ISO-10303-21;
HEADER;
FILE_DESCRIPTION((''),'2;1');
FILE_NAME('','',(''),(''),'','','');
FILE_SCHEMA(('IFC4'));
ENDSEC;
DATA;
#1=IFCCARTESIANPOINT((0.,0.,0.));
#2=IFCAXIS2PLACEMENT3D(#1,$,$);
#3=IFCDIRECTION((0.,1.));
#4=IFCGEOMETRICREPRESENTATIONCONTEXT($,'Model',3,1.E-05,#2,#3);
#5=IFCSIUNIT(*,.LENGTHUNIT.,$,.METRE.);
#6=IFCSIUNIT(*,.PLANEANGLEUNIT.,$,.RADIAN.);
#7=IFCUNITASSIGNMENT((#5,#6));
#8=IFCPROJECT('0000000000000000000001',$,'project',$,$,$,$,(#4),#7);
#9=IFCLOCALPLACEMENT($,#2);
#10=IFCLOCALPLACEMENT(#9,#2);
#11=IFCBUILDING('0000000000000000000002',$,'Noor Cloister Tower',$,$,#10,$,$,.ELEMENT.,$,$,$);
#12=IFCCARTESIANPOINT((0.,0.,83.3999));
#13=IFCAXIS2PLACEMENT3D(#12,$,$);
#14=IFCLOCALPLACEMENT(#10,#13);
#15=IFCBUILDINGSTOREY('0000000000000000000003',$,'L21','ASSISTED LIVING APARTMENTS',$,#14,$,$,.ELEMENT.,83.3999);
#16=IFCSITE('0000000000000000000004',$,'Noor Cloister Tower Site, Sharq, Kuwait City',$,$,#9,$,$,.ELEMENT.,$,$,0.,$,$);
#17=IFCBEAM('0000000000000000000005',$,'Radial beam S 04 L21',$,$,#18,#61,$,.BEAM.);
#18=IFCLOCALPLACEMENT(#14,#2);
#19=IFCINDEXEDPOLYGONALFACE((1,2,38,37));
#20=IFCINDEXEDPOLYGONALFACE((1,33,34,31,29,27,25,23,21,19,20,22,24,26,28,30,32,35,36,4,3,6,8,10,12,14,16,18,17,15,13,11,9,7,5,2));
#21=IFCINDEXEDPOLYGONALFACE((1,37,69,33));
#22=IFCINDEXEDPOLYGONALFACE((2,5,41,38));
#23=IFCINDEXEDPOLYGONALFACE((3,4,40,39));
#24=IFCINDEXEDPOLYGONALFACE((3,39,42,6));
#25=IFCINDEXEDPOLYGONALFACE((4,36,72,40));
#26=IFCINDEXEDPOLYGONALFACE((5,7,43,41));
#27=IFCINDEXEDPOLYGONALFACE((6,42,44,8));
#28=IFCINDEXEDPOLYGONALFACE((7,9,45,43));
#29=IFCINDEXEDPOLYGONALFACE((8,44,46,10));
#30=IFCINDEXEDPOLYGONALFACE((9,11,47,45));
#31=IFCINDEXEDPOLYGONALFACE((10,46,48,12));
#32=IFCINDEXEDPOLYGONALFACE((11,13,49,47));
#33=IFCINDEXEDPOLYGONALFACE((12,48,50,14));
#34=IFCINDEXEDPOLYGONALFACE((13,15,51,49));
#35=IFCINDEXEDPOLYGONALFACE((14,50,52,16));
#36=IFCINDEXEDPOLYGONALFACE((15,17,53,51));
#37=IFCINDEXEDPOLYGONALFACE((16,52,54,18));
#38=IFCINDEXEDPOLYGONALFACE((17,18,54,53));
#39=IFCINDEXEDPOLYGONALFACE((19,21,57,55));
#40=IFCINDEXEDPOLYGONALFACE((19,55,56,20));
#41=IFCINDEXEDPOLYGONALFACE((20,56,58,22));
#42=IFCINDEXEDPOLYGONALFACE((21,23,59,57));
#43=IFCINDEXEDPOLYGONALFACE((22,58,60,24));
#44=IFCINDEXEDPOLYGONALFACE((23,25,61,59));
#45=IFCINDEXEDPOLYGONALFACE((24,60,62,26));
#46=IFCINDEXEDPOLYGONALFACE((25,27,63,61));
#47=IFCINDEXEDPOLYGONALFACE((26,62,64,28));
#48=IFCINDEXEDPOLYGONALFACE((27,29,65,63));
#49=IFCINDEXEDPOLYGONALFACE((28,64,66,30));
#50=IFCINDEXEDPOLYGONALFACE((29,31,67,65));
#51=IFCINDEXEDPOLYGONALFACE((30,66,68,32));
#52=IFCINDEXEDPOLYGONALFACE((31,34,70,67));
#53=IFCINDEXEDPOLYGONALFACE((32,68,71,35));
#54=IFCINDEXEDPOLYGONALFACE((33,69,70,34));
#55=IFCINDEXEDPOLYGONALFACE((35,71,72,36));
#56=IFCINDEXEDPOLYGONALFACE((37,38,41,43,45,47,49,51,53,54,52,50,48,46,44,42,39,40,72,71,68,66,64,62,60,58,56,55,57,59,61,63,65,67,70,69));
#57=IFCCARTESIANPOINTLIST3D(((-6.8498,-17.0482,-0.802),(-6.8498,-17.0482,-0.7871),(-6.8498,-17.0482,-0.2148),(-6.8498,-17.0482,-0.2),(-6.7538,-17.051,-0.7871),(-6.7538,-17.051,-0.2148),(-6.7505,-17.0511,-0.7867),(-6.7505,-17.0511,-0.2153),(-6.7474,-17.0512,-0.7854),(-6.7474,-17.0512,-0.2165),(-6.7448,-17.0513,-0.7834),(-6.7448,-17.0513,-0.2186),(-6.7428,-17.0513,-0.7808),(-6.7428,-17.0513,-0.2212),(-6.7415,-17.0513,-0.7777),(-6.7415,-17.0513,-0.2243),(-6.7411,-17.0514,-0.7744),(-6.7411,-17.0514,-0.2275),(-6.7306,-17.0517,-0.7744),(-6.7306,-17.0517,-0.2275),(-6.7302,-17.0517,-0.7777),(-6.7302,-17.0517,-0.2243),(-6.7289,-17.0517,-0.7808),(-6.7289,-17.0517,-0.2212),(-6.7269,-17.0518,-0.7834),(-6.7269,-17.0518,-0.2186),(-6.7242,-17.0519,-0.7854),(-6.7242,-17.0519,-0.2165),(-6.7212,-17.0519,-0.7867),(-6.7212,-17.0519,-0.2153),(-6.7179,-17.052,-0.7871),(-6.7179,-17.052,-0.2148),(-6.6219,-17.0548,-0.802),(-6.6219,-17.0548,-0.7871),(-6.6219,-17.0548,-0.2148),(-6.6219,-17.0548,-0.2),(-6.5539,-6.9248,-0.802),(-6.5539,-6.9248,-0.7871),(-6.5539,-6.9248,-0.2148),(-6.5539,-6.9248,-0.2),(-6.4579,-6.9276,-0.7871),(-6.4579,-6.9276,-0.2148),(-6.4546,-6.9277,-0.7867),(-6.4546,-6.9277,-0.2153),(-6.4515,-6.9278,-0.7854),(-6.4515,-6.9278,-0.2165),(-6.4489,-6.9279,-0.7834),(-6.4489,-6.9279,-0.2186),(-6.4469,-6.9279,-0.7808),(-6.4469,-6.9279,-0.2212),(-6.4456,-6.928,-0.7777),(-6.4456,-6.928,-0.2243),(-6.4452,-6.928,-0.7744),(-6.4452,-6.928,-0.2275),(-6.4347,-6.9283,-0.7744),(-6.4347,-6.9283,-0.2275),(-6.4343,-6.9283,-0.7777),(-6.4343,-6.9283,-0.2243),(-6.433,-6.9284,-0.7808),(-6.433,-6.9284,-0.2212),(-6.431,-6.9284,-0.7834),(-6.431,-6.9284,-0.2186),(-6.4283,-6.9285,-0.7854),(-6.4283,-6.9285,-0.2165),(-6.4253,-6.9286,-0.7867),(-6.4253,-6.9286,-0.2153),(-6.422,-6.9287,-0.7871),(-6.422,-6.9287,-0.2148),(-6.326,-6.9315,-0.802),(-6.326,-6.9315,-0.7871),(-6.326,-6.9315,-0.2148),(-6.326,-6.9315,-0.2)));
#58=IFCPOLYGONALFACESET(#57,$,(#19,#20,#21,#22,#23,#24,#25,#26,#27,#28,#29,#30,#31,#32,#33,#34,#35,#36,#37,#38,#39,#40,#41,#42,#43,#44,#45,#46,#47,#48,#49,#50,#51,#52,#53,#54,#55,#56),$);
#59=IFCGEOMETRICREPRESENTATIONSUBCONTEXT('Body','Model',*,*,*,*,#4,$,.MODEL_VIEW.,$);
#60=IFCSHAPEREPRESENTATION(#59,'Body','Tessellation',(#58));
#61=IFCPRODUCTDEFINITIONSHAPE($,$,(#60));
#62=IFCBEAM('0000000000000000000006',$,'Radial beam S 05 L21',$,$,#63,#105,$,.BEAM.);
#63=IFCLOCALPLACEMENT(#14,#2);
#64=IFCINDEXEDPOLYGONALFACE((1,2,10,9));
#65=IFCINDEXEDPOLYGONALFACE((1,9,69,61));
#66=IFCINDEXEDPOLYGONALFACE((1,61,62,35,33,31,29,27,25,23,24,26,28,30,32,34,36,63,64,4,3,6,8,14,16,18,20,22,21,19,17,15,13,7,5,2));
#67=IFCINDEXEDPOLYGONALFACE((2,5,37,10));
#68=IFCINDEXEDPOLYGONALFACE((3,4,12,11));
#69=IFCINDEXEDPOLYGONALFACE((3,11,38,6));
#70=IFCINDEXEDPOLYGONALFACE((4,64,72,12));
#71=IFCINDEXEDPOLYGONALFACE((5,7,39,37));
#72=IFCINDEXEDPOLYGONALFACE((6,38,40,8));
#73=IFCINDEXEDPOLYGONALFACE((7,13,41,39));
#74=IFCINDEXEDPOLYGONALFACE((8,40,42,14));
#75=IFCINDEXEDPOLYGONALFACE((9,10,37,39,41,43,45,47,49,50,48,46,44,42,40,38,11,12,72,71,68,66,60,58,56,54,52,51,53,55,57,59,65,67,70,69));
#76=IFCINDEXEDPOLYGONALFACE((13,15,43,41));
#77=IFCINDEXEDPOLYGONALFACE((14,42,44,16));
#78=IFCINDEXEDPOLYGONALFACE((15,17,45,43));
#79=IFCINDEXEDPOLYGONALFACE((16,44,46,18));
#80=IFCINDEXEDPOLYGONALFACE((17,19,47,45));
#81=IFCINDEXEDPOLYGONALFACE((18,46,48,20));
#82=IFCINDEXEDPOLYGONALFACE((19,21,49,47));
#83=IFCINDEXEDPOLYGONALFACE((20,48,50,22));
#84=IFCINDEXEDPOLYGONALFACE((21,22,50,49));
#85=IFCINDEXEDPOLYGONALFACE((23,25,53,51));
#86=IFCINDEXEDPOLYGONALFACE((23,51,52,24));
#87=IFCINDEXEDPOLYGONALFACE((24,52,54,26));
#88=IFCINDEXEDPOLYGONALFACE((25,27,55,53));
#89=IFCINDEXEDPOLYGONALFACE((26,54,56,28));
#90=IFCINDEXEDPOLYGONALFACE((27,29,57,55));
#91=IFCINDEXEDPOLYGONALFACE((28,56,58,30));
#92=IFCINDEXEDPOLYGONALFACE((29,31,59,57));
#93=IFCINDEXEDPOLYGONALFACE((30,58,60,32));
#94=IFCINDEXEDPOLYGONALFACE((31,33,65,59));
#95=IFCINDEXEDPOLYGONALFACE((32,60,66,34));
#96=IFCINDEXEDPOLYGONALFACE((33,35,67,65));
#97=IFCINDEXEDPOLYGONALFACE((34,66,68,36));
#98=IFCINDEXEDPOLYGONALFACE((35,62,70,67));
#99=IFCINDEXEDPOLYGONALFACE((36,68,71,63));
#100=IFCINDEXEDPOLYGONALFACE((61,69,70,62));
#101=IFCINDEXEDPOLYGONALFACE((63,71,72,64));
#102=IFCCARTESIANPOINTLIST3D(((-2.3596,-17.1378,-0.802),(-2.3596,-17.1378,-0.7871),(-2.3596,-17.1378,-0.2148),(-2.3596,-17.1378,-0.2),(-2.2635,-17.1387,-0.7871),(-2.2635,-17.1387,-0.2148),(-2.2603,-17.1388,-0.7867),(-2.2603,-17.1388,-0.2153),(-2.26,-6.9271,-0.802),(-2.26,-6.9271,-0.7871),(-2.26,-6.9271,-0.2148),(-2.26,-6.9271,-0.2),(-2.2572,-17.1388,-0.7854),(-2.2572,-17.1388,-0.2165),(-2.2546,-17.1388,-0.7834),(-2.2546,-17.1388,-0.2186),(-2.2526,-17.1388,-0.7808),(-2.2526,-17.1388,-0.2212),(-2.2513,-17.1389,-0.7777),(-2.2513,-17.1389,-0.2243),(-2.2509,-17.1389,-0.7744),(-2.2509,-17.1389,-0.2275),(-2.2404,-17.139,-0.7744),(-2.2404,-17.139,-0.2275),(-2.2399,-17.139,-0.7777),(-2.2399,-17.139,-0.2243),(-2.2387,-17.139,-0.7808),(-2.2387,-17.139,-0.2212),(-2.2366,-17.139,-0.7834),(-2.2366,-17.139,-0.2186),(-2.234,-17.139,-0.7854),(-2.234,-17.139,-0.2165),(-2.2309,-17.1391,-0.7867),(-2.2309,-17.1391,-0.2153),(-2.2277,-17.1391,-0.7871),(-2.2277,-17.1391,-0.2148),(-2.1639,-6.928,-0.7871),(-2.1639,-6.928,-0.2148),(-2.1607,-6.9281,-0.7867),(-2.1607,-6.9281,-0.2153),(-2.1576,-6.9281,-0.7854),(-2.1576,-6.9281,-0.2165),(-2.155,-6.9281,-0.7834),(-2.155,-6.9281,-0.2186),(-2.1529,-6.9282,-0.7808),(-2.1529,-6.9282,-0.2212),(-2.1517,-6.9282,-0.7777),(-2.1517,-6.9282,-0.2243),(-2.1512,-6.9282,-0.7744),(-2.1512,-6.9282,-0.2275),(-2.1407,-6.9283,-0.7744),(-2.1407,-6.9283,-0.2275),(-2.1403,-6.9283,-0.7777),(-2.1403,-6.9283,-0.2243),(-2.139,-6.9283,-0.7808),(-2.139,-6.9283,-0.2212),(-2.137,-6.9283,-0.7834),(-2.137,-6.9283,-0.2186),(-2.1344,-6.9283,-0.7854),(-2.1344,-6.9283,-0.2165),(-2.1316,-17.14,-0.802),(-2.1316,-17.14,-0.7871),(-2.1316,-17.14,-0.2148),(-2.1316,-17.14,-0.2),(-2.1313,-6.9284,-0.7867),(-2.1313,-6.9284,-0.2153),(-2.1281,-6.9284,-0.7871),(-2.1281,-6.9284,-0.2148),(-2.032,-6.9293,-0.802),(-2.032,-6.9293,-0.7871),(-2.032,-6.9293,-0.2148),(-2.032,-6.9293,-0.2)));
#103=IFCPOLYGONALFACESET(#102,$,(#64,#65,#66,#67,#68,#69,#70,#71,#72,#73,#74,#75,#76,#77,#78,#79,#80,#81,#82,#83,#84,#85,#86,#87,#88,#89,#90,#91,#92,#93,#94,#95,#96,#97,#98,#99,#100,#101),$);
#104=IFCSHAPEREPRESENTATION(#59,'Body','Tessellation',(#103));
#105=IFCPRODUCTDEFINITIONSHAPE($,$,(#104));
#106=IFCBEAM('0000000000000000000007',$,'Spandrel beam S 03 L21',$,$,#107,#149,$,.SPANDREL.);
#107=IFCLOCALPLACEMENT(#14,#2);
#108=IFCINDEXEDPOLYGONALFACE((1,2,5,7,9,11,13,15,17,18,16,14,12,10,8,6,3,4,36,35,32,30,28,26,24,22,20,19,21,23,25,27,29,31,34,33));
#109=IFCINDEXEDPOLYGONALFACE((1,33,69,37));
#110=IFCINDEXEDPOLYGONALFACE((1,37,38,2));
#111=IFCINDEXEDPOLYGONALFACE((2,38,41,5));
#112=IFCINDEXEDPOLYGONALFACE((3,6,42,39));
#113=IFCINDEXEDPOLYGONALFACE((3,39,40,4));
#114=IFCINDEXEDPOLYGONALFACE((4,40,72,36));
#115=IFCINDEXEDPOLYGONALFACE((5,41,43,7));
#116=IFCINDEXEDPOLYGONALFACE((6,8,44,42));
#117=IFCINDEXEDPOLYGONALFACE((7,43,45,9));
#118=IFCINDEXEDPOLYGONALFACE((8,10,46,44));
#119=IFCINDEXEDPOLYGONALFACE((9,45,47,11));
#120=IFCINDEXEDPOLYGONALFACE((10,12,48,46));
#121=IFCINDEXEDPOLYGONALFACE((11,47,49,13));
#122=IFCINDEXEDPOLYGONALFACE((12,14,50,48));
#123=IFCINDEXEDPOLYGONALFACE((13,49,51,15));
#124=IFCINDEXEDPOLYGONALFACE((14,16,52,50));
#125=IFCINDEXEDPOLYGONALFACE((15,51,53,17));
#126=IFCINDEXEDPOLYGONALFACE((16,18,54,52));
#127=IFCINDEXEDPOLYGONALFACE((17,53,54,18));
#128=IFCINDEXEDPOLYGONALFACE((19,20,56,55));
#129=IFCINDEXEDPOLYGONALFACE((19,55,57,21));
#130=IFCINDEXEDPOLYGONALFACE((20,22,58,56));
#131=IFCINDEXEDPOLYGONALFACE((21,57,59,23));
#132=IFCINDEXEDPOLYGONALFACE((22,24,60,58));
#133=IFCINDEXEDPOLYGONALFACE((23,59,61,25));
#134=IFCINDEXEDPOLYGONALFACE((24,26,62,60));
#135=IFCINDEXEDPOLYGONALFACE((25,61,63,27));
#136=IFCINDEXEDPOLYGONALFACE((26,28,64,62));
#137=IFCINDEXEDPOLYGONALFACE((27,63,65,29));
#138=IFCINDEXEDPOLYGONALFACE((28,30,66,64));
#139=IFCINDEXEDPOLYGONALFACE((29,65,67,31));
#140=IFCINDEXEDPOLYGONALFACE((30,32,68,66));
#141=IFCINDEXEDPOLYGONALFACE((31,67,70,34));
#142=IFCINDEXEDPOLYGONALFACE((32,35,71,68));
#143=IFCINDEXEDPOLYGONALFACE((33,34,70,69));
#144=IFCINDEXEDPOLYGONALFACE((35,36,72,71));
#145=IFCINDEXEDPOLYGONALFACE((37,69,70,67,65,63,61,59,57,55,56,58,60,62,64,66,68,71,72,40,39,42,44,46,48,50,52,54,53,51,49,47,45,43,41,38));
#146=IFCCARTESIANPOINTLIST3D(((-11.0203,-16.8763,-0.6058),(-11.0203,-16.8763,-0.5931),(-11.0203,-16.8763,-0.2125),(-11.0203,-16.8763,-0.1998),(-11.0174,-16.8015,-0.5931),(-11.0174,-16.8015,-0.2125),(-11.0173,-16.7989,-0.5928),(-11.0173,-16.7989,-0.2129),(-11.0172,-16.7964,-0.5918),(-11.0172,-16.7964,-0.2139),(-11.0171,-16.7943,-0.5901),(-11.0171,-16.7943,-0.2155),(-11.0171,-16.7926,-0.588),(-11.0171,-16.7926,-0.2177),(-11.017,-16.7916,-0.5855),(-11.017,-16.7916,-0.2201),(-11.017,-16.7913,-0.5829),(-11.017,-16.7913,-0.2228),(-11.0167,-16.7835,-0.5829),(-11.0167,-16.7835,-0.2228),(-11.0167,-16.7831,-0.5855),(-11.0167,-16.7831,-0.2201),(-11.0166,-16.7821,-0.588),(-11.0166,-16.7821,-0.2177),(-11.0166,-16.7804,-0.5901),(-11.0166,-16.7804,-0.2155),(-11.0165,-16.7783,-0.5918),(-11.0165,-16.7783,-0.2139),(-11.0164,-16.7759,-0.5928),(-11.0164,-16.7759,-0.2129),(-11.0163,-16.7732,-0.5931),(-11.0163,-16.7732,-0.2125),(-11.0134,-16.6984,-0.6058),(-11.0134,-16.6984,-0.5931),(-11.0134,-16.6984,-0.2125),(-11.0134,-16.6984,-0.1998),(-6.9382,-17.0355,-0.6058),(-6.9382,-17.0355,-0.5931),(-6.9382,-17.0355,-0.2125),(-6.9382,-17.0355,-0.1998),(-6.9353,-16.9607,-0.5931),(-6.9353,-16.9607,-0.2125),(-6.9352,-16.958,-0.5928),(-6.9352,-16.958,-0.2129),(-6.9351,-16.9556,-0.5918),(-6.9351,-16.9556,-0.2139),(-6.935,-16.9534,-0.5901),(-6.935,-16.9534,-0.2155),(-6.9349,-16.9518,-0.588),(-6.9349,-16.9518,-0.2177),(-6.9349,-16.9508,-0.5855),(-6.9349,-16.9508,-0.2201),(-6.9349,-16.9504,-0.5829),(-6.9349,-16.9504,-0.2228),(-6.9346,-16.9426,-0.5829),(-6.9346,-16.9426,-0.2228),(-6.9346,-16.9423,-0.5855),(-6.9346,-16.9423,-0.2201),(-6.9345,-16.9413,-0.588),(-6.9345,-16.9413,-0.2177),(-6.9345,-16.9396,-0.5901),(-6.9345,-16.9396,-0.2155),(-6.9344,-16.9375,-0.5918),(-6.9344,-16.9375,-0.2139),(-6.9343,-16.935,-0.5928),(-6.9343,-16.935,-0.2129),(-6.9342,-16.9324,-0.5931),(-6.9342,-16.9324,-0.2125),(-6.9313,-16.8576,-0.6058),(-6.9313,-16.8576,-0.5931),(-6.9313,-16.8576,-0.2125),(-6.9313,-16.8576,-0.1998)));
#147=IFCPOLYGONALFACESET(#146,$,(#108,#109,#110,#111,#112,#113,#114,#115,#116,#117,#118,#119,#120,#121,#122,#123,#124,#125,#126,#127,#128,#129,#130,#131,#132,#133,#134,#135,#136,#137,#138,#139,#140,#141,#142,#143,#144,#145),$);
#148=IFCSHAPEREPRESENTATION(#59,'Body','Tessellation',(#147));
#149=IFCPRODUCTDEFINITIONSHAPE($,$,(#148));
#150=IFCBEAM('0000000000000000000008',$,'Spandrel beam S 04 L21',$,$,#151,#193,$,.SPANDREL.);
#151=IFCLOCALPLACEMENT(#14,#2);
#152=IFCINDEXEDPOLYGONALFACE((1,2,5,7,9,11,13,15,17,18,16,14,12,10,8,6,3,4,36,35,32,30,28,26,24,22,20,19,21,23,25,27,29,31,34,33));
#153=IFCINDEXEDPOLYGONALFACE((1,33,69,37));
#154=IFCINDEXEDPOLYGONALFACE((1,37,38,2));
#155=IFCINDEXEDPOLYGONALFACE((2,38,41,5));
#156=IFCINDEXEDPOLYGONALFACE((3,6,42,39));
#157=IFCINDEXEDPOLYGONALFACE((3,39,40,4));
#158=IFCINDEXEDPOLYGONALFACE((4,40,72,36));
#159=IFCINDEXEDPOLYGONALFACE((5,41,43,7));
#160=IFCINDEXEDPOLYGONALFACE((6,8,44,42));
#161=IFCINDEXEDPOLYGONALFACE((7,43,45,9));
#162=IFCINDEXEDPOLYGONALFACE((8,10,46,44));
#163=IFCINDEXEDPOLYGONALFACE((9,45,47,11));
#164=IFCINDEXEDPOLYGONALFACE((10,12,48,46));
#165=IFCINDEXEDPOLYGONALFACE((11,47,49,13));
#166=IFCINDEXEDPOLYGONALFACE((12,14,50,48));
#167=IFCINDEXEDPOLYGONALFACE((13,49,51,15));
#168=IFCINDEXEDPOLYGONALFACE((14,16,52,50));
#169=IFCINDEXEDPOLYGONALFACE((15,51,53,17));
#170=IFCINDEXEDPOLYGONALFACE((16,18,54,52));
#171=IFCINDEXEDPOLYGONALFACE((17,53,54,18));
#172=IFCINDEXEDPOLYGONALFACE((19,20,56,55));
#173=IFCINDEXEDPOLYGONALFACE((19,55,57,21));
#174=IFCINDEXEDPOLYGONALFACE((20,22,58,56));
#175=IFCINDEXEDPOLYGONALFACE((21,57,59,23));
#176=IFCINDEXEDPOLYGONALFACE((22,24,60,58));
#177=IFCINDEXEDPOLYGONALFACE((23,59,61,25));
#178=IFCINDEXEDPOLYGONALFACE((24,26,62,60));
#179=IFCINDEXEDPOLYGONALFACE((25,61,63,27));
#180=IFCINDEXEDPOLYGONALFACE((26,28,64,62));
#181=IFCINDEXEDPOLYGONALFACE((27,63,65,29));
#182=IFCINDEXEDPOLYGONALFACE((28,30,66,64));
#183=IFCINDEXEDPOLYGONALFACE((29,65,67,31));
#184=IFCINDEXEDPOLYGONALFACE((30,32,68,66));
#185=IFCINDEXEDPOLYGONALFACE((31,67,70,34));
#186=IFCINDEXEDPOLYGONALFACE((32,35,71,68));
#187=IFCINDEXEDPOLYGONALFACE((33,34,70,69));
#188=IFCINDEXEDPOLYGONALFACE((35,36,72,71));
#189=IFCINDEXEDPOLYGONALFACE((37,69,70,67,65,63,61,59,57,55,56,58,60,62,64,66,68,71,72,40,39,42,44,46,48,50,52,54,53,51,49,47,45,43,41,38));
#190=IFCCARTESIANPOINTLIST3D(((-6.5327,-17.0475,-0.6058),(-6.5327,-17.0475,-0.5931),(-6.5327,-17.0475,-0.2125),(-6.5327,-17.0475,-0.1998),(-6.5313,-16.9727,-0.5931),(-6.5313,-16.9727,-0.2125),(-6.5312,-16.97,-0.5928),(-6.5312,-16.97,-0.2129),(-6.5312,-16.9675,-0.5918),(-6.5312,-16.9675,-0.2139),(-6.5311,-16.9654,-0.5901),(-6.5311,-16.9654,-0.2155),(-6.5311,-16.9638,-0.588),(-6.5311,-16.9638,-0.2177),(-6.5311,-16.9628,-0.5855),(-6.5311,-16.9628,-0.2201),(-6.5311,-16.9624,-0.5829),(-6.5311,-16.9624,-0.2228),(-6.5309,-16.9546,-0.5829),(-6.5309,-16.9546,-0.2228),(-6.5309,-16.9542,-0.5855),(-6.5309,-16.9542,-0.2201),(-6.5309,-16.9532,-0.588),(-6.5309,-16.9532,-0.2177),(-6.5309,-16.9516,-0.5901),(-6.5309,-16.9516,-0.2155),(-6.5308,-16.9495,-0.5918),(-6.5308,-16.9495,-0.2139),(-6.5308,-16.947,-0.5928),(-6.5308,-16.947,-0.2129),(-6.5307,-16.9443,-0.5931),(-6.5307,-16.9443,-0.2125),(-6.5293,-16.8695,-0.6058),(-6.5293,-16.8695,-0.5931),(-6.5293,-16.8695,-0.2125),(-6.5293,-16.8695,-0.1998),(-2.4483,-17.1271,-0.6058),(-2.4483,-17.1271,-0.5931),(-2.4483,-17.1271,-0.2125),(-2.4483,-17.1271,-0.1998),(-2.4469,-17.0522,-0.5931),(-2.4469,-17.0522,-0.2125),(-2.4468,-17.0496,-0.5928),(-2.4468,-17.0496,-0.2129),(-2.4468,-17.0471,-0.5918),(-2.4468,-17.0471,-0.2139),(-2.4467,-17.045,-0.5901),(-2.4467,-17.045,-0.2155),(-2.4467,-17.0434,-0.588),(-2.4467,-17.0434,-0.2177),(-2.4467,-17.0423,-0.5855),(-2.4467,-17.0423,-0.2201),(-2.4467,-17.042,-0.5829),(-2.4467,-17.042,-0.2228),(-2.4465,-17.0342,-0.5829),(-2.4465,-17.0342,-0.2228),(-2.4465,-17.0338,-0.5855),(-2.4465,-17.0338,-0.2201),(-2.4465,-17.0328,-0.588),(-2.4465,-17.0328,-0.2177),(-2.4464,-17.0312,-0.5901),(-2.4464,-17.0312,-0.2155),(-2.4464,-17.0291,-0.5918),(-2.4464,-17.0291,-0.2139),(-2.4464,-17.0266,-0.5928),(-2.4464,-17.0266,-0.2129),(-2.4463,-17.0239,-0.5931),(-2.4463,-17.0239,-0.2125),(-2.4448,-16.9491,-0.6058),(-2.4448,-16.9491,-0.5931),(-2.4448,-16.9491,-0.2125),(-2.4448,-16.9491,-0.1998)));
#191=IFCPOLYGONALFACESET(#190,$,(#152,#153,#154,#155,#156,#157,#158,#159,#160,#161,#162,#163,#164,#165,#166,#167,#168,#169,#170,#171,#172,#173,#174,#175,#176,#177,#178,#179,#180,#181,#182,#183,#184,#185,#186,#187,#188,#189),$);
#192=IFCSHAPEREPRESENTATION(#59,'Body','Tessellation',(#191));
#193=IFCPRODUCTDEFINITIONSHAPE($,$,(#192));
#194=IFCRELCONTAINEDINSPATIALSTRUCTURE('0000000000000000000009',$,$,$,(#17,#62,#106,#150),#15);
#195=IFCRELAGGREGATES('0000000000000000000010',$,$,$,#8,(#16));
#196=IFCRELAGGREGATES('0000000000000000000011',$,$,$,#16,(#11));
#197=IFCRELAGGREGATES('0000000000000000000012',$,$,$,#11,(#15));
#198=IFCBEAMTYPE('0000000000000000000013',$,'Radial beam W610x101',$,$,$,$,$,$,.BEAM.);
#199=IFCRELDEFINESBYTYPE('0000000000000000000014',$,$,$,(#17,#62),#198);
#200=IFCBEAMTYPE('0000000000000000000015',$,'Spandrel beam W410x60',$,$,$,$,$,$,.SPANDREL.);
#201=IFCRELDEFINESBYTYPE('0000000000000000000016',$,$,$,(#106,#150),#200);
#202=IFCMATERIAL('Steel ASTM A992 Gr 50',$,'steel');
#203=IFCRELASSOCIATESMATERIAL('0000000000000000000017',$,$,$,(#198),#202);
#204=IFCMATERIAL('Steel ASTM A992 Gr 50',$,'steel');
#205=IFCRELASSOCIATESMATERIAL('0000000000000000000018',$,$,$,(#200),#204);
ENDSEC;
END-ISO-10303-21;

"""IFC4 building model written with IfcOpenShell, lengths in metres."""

from ifc_helpers import new_model, si_unit, direction, frame, origin, origin_2d, place, context, subcontext, project, spatial, i_section, extrude, material, material_profile, profile_set, type_object, element, save


model = new_model("IFC4")

# Units and contexts
model_context = context("Model", 3, precision=1e-05, world=origin(), true_north=direction((0.0, 1.0)))
body_context = subcontext(model_context, "Body", "Model", "MODEL_VIEW")
ifc_project = project(units=[si_unit("LENGTHUNIT", "METRE"), si_unit("PLANEANGLEUNIT", "RADIAN")], contexts=[model_context])

# Site, building, storey
site_placement = place(None, origin())
site = spatial("IfcSite", under=ifc_project, at=site_placement, Name="Noor Cloister Tower Site, Sharq, Kuwait City", CompositionType="ELEMENT", RefElevation=0.0)
building_placement = place(site_placement, origin())
building = spatial("IfcBuilding", under=site, at=building_placement, Name="Noor Cloister Tower", CompositionType="ELEMENT")
storey_placement = place(building_placement, frame((0.0, 0.0, 83.3999)))
storey = spatial("IfcBuildingStorey", under=building, at=storey_placement, Name="L21", Description="ASSISTED LIVING APARTMENTS", CompositionType="ELEMENT", Elevation=83.3999)

# Beams
ifc_material_1 = material(Name="Steel ASTM A992 Gr 50", Category="steel")
ifc_material_profile_1 = material_profile(ifc_material_1, i_section(OverallWidth=0.228, OverallDepth=0.6021, WebThickness=0.0105, FlangeThickness=0.0149, FilletRadius=0.0127, at=origin_2d()), Name="W610x101")
ifc_profile_set_1 = profile_set([ifc_material_profile_1], Name="Steel ASTM A992 Gr 50")
beam_type_1 = type_object("IfcBeamType", Name="Radial beam W610x101", PredefinedType="BEAM", material=ifc_profile_set_1)
beam_1_placement = place(storey_placement, frame((-6.7358, -17.0515, -0.501), z_axis=(0.029217, 0.999573, 0.0), x_axis=(-0.999573, 0.029217, 0.0)))
element("IfcBeam", 1, at=beam_1_placement, inside=storey, type_object=beam_type_1, Name="Radial beam S 04 L21", PredefinedType="BEAM", context=body_context, shape_type="SweptSolid", body=[
    extrude(i_section(OverallWidth=0.228, OverallDepth=0.6021, WebThickness=0.0105, FlangeThickness=0.0149, FilletRadius=0.0127, at=origin_2d()), origin(), (0.0, 0.0, 1.0), 10.1277),
])
beam_2_placement = place(storey_placement, frame((-2.2456, -17.1389, -0.501), z_axis=(0.009755, 0.999952, 0.0), x_axis=(-0.999952, 0.009755, 0.0)))
element("IfcBeam", 2, at=beam_2_placement, inside=storey, type_object=beam_type_1, Name="Radial beam S 05 L21", PredefinedType="BEAM", context=body_context, shape_type="SweptSolid", body=[
    extrude(i_section(OverallWidth=0.228, OverallDepth=0.6021, WebThickness=0.0105, FlangeThickness=0.0149, FilletRadius=0.0127, at=origin_2d()), origin(), (0.0, 0.0, 1.0), 10.2112),
])
ifc_material_2 = material(Name="Steel ASTM A992 Gr 50", Category="steel")
ifc_material_profile_2 = material_profile(ifc_material_2, i_section(OverallWidth=0.178, OverallDepth=0.406, WebThickness=0.0078, FlangeThickness=0.0127, FilletRadius=0.0103, at=origin_2d()), Name="W410x60")
ifc_profile_set_2 = profile_set([ifc_material_profile_2], Name="Steel ASTM A992 Gr 50")
beam_type_2 = type_object("IfcBeamType", Name="Spandrel beam W410x60", PredefinedType="SPANDREL", material=ifc_profile_set_2)
for number, where, z_axis, x_axis, name in (
    (3, (-11.0168, -16.7874, -0.4028), (0.999241, -0.038966, 0.0), (0.038966, 0.999241, 0.0), "Spandrel beam S 03 L21"),
    (4, (-6.531, -16.9585, -0.4028), (0.99981, -0.019482, 0.0), (0.019482, 0.99981, 0.0), "Spandrel beam S 04 L21"),
):
    element("IfcBeam", number, at=place(storey_placement, frame(where, z_axis=z_axis, x_axis=x_axis)), inside=storey, type_object=beam_type_2, Name=name, PredefinedType="SPANDREL", context=body_context, shape_type="SweptSolid", body=[
        extrude(i_section(OverallWidth=0.178, OverallDepth=0.406, WebThickness=0.0078, FlangeThickness=0.0127, FilletRadius=0.0103, at=origin_2d()), origin(), (0.0, 0.0, 1.0), 4.0852),
    ])

save(model, "model.ifc")
